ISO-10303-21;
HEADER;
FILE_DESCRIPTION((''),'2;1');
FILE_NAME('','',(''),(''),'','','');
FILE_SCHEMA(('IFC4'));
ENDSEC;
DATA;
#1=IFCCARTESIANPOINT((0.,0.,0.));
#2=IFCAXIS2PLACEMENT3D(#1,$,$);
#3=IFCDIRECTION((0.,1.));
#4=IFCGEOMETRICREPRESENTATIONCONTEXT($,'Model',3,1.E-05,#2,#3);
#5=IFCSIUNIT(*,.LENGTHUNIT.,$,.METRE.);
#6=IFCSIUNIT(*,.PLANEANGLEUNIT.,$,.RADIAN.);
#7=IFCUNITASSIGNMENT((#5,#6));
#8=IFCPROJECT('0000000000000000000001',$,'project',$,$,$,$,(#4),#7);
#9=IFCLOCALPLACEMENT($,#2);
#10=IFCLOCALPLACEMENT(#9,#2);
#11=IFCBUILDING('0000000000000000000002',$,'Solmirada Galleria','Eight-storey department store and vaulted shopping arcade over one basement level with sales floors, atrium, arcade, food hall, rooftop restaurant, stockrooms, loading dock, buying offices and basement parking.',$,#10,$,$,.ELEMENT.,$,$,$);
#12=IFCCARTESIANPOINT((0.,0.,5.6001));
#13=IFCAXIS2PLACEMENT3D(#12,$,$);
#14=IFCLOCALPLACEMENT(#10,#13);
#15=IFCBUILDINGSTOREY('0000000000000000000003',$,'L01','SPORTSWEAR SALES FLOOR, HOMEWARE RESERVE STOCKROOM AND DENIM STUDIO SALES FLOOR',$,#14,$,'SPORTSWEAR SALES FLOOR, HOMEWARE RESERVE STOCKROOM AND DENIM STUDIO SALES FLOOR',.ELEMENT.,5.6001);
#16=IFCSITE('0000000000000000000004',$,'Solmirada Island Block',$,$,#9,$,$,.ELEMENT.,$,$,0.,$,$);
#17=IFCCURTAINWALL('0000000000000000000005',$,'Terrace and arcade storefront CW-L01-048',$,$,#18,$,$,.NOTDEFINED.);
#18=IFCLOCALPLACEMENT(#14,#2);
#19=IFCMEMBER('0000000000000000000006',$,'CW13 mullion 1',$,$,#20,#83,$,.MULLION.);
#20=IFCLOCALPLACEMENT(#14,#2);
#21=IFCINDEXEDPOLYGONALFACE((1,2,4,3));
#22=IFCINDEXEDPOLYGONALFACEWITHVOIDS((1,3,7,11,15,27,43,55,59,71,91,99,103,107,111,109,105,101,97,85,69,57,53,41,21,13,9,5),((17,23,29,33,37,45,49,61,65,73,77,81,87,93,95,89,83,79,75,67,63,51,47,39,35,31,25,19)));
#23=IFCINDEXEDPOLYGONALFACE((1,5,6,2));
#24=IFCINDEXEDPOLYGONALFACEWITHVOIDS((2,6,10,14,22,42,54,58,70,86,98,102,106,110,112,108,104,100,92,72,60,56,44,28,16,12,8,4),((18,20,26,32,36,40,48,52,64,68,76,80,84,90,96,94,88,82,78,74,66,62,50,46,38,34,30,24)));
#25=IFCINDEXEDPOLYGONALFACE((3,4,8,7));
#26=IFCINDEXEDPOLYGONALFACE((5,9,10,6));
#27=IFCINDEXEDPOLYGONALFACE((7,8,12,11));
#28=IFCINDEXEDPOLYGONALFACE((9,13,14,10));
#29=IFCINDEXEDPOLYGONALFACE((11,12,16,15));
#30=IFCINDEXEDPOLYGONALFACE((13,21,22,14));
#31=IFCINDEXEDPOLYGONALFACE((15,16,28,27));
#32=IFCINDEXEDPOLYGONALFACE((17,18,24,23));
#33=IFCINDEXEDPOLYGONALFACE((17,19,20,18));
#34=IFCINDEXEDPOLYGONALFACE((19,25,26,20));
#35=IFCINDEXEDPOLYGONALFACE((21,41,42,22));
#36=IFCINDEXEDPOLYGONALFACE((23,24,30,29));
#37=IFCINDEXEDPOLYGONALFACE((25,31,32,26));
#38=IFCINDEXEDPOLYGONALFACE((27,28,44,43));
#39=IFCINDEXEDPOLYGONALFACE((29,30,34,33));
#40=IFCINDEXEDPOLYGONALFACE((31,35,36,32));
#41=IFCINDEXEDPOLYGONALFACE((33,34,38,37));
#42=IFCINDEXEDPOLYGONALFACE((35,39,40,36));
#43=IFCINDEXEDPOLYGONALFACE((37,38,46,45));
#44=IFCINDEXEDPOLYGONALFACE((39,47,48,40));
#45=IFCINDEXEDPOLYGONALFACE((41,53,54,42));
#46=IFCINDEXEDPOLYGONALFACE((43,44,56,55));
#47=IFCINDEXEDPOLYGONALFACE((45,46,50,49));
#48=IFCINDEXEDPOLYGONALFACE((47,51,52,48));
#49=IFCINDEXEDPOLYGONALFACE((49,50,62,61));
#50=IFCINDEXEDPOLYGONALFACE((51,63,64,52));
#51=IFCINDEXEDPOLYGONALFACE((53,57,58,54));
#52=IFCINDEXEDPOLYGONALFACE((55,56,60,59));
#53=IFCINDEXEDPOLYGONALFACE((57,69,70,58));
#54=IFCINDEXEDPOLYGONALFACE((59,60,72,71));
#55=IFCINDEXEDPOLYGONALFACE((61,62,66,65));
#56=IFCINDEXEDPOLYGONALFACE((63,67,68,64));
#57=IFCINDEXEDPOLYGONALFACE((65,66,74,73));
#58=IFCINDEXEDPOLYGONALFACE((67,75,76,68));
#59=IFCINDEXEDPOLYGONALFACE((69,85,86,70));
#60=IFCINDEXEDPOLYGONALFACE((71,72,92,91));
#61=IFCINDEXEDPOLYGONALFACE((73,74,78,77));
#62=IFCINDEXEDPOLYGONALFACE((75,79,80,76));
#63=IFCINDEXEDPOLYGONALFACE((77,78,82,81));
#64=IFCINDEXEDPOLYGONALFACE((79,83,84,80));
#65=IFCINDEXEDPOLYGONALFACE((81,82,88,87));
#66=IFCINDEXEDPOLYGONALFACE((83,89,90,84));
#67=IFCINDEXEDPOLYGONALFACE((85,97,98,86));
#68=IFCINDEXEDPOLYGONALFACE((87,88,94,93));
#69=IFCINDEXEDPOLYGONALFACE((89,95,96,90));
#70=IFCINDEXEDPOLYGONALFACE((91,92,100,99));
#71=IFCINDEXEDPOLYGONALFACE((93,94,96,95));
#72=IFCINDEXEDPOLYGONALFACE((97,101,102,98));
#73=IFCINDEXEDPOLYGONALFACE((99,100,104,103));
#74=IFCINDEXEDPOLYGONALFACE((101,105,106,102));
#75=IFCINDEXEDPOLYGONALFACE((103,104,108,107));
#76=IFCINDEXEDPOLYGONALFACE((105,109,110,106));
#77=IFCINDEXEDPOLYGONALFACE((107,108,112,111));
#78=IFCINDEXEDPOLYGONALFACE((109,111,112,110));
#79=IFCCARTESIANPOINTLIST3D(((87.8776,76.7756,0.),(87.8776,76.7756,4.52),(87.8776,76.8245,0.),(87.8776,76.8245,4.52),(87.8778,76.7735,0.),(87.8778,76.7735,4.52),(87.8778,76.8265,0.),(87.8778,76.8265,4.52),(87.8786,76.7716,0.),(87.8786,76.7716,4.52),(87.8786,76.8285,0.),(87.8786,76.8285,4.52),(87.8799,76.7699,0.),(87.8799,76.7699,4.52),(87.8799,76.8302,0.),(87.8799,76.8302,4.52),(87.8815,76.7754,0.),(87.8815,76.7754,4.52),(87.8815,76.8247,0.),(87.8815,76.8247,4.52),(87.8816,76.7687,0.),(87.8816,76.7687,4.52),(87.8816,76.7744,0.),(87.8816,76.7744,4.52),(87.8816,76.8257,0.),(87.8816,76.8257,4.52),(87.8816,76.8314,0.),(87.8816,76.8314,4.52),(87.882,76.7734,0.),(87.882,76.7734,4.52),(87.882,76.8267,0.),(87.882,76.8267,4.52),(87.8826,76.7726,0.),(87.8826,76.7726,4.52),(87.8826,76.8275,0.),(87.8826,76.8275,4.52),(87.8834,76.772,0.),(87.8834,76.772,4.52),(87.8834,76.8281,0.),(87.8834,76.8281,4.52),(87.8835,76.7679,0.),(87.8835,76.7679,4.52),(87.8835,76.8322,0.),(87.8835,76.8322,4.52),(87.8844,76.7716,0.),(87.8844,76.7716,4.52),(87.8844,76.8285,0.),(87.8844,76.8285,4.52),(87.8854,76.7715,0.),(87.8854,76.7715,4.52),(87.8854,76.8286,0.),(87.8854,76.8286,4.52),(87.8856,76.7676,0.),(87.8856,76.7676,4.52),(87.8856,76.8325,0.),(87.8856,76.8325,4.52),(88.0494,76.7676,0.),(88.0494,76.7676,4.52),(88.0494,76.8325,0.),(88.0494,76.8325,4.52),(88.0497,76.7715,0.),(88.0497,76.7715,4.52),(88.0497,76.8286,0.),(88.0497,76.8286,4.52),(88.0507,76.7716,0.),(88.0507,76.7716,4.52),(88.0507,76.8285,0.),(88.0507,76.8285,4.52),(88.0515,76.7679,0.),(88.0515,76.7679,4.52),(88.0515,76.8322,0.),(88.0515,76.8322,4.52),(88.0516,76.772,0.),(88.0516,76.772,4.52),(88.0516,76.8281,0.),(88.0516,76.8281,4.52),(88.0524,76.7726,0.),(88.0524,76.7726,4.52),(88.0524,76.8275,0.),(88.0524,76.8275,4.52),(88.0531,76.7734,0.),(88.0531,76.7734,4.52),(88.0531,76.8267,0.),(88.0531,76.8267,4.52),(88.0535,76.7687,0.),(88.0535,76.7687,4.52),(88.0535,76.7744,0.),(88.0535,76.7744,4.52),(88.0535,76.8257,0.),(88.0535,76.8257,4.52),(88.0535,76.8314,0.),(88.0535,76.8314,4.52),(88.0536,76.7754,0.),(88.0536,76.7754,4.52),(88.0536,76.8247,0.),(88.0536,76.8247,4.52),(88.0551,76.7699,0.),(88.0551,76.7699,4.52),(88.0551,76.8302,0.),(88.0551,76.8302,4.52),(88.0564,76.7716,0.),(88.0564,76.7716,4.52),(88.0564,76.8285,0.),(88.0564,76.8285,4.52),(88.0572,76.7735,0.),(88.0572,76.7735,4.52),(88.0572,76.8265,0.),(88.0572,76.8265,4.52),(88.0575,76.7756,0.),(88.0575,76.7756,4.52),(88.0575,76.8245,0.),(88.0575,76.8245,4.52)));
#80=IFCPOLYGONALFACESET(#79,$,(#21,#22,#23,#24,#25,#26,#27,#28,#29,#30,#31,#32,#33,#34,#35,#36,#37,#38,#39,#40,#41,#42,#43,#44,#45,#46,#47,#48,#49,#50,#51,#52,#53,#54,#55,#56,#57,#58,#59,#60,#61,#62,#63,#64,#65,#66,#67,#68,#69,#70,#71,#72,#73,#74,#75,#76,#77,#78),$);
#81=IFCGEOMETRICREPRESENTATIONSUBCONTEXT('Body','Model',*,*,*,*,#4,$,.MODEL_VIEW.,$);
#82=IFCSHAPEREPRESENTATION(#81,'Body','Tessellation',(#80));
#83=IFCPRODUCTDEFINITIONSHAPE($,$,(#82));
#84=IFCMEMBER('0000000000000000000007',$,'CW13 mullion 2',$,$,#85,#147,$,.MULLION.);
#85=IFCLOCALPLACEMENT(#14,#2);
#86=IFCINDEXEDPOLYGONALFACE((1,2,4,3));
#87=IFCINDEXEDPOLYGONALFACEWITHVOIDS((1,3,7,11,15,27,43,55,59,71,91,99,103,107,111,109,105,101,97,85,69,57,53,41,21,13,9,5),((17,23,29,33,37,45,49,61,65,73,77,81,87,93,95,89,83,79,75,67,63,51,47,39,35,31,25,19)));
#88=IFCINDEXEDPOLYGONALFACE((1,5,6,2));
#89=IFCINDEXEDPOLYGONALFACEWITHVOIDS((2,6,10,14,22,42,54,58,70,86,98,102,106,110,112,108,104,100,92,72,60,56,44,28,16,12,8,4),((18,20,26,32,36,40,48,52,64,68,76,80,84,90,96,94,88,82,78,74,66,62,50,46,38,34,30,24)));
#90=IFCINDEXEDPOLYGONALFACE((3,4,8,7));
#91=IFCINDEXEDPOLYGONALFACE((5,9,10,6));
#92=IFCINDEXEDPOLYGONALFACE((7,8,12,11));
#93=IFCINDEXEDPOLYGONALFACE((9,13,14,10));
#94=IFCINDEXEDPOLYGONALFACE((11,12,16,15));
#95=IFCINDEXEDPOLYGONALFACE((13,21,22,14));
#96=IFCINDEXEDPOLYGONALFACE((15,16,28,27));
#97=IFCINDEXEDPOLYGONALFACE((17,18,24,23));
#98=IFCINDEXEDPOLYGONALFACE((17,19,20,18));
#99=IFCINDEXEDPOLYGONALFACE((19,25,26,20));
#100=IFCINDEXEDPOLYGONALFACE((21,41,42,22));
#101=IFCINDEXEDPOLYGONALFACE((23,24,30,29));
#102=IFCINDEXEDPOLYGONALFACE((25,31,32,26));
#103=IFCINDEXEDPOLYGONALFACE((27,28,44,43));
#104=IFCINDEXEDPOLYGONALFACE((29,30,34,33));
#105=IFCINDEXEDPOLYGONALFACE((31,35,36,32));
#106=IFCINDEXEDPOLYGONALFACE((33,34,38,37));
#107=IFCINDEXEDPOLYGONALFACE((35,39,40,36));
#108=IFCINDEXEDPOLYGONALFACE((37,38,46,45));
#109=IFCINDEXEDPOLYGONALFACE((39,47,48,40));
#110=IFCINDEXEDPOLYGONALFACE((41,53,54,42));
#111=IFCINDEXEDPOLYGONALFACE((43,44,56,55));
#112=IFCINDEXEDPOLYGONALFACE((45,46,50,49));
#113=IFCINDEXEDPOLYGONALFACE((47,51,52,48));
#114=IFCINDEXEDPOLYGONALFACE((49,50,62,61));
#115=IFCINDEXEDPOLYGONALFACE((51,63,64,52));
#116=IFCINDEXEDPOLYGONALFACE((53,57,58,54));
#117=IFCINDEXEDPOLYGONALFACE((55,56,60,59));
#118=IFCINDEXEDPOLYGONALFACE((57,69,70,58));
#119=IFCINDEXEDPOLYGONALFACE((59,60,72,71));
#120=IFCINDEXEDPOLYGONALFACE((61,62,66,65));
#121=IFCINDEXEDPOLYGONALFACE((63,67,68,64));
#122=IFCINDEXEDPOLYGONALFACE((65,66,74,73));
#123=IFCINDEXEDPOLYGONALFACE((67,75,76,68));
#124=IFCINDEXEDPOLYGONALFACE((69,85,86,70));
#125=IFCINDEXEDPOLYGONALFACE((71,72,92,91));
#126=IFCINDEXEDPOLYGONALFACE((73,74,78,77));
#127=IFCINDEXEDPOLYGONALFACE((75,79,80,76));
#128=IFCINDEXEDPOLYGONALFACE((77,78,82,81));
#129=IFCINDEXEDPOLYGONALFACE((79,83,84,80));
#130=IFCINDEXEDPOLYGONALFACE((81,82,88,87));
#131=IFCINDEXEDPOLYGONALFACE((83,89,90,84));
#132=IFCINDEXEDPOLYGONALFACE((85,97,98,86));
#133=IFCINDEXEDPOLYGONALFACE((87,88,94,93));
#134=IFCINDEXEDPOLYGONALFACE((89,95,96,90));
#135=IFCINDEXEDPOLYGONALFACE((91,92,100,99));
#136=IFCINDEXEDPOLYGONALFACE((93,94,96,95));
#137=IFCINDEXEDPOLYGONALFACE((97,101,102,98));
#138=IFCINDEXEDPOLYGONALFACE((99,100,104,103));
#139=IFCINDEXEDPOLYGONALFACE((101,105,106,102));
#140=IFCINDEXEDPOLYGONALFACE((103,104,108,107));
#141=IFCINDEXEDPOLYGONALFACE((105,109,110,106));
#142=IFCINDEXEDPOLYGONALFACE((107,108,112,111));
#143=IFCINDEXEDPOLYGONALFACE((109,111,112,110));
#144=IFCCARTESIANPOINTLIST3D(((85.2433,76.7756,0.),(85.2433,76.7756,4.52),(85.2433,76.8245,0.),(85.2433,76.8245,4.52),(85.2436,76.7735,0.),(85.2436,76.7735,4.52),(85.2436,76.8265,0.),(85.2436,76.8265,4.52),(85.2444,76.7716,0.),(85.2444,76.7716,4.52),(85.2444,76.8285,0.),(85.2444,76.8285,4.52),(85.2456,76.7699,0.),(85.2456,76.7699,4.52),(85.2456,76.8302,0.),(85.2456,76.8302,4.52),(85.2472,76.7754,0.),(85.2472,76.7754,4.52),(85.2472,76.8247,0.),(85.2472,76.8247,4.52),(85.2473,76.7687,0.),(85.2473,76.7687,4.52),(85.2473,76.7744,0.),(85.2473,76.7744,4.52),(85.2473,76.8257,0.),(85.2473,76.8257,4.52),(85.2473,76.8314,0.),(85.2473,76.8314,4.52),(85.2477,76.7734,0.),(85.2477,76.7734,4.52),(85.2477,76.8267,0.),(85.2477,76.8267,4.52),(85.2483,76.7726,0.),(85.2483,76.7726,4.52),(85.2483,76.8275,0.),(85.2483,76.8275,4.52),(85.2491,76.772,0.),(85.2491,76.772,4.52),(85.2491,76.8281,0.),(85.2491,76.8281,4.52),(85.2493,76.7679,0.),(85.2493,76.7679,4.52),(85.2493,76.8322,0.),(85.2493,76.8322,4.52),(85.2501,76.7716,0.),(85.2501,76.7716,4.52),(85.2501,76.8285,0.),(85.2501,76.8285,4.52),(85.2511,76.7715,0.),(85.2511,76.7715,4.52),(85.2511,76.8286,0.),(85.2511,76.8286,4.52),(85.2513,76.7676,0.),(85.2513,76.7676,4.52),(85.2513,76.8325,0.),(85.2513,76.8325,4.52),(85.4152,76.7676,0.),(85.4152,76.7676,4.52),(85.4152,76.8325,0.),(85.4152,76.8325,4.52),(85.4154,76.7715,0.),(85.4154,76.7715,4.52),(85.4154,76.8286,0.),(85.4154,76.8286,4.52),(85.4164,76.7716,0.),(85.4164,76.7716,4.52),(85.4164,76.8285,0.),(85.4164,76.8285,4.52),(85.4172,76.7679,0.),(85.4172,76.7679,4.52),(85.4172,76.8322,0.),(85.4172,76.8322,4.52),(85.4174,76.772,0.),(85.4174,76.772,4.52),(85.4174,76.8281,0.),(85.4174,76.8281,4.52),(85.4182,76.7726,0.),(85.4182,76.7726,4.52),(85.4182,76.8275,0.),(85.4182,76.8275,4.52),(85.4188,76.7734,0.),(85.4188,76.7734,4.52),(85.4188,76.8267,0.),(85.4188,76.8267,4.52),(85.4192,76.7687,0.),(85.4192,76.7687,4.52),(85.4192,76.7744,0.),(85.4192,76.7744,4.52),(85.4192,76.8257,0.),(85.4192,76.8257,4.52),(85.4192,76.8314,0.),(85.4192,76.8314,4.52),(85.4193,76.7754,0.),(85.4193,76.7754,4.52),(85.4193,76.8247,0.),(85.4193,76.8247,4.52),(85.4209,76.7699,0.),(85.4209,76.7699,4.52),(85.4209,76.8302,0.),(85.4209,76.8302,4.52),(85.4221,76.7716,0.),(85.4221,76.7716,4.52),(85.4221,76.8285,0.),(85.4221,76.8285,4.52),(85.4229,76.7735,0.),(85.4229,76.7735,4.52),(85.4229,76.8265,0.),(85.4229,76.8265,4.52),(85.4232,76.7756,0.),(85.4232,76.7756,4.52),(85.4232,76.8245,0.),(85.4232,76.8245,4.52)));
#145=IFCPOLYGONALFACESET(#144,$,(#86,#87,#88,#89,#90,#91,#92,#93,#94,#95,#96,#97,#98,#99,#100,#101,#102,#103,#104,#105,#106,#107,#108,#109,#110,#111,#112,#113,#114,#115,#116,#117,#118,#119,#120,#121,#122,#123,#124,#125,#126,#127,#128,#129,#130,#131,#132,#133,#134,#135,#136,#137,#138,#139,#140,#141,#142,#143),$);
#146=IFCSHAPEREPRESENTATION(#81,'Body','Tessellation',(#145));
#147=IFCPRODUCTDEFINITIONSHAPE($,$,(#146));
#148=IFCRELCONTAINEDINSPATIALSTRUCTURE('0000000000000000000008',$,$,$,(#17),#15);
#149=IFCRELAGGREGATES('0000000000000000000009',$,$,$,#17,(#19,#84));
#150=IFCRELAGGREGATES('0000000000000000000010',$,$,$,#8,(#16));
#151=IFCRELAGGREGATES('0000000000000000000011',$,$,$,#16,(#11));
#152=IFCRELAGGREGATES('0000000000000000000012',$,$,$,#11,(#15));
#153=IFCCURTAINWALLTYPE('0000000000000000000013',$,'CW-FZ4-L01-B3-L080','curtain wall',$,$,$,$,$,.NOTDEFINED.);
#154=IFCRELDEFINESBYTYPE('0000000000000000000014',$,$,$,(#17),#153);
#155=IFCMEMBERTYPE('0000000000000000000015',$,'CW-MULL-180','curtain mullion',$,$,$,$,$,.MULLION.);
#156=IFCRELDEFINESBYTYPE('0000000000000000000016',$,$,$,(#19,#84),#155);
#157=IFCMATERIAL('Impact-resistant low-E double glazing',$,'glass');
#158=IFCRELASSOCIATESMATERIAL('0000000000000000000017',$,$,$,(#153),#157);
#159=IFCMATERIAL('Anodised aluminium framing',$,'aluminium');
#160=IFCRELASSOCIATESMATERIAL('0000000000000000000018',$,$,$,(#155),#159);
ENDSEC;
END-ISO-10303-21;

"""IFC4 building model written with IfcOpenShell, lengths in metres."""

from ifc_helpers import new_model, si_unit, direction, frame, origin, origin_2d, place, context, subcontext, project, spatial, hollow_rectangle, extrude, material, material_profile, profile_set, type_object, element, aggregate, save


model = new_model("IFC4")

# Units and contexts
model_context = context("Model", 3, precision=1e-05, world=origin(), true_north=direction((0.0, 1.0)))
body_context = subcontext(model_context, "Body", "Model", "MODEL_VIEW")
ifc_project = project(units=[si_unit("LENGTHUNIT", "METRE"), si_unit("PLANEANGLEUNIT", "RADIAN")], contexts=[model_context])

# Site, building, storey
site_placement = place(None, origin())
site = spatial("IfcSite", under=ifc_project, at=site_placement, Name="Solmirada Island Block", CompositionType="ELEMENT", RefElevation=0.0)
building_placement = place(site_placement, origin())
building = spatial("IfcBuilding", under=site, at=building_placement, Name="Solmirada Galleria", Description="Eight-storey department store and vaulted shopping arcade over one basement level with sales floors, atrium, arcade, food hall, rooftop restaurant, stockrooms, loading dock, buying offices and basement parking.", CompositionType="ELEMENT")
storey_placement = place(building_placement, frame((0.0, 0.0, 5.6001)))
storey = spatial("IfcBuildingStorey", under=building, at=storey_placement, Name="L01", Description="SPORTSWEAR SALES FLOOR, HOMEWARE RESERVE STOCKROOM AND DENIM STUDIO SALES FLOOR", LongName="SPORTSWEAR SALES FLOOR, HOMEWARE RESERVE STOCKROOM AND DENIM STUDIO SALES FLOOR", CompositionType="ELEMENT", Elevation=5.6001)

# Curtain wall, members
ifc_material_1 = material(Name="Impact-resistant low-E double glazing", Category="glass")
curtain_wall_type = type_object("IfcCurtainWallType", Name="CW-FZ4-L01-B3-L080", Description="curtain wall", PredefinedType="NOTDEFINED", material=ifc_material_1)
curtain_wall_placement = place(storey_placement, origin())
curtain_wall = element("IfcCurtainWall", 1, at=curtain_wall_placement, inside=storey, type_object=curtain_wall_type, Name="Terrace and arcade storefront CW-L01-048", PredefinedType="NOTDEFINED")
ifc_material_2 = material(Name="Anodised aluminium framing", Category="aluminium")
ifc_material_profile_1 = material_profile(ifc_material_2, hollow_rectangle(XDim=0.0649, YDim=0.1799, WallThickness=0.0039, InnerFilletRadius=0.0039, OuterFilletRadius=0.0081, at=origin_2d()), Name="ALU-MULL-180X65")
ifc_profile_set_1 = profile_set([ifc_material_profile_1], Name="Anodised aluminium framing")
member_type_1 = type_object("IfcMemberType", Name="CW-MULL-180", Description="curtain mullion", PredefinedType="MULLION", material=ifc_profile_set_1)
member_1_placement = place(storey_placement, frame((87.9675, 76.8, 0.0), z_axis=(0.0, 0.0, 1.0), x_axis=(0.0, -1.0, 0.0)))
member_1 = element("IfcMember", 2, at=member_1_placement, type_object=member_type_1, Name="CW13 mullion 1", PredefinedType="MULLION", context=body_context, shape_type="SweptSolid", body=[
    extrude(hollow_rectangle(XDim=0.0649, YDim=0.1799, WallThickness=0.0039, InnerFilletRadius=0.0039, OuterFilletRadius=0.0081, at=origin_2d()), origin(), (0.0, 0.0, 1.0), 4.52),
])
member_2_placement = place(storey_placement, frame((85.3333, 76.8, 0.0), z_axis=(0.0, 0.0, 1.0), x_axis=(0.0, -1.0, 0.0)))
member_2 = element("IfcMember", 3, at=member_2_placement, type_object=member_type_1, Name="CW13 mullion 2", PredefinedType="MULLION", context=body_context, shape_type="SweptSolid", body=[
    extrude(hollow_rectangle(XDim=0.0649, YDim=0.1799, WallThickness=0.0039, InnerFilletRadius=0.0039, OuterFilletRadius=0.0081, at=origin_2d()), origin(), (0.0, 0.0, 1.0), 4.52),
])
aggregate(curtain_wall, [member_1, member_2])

save(model, "model.ifc")
